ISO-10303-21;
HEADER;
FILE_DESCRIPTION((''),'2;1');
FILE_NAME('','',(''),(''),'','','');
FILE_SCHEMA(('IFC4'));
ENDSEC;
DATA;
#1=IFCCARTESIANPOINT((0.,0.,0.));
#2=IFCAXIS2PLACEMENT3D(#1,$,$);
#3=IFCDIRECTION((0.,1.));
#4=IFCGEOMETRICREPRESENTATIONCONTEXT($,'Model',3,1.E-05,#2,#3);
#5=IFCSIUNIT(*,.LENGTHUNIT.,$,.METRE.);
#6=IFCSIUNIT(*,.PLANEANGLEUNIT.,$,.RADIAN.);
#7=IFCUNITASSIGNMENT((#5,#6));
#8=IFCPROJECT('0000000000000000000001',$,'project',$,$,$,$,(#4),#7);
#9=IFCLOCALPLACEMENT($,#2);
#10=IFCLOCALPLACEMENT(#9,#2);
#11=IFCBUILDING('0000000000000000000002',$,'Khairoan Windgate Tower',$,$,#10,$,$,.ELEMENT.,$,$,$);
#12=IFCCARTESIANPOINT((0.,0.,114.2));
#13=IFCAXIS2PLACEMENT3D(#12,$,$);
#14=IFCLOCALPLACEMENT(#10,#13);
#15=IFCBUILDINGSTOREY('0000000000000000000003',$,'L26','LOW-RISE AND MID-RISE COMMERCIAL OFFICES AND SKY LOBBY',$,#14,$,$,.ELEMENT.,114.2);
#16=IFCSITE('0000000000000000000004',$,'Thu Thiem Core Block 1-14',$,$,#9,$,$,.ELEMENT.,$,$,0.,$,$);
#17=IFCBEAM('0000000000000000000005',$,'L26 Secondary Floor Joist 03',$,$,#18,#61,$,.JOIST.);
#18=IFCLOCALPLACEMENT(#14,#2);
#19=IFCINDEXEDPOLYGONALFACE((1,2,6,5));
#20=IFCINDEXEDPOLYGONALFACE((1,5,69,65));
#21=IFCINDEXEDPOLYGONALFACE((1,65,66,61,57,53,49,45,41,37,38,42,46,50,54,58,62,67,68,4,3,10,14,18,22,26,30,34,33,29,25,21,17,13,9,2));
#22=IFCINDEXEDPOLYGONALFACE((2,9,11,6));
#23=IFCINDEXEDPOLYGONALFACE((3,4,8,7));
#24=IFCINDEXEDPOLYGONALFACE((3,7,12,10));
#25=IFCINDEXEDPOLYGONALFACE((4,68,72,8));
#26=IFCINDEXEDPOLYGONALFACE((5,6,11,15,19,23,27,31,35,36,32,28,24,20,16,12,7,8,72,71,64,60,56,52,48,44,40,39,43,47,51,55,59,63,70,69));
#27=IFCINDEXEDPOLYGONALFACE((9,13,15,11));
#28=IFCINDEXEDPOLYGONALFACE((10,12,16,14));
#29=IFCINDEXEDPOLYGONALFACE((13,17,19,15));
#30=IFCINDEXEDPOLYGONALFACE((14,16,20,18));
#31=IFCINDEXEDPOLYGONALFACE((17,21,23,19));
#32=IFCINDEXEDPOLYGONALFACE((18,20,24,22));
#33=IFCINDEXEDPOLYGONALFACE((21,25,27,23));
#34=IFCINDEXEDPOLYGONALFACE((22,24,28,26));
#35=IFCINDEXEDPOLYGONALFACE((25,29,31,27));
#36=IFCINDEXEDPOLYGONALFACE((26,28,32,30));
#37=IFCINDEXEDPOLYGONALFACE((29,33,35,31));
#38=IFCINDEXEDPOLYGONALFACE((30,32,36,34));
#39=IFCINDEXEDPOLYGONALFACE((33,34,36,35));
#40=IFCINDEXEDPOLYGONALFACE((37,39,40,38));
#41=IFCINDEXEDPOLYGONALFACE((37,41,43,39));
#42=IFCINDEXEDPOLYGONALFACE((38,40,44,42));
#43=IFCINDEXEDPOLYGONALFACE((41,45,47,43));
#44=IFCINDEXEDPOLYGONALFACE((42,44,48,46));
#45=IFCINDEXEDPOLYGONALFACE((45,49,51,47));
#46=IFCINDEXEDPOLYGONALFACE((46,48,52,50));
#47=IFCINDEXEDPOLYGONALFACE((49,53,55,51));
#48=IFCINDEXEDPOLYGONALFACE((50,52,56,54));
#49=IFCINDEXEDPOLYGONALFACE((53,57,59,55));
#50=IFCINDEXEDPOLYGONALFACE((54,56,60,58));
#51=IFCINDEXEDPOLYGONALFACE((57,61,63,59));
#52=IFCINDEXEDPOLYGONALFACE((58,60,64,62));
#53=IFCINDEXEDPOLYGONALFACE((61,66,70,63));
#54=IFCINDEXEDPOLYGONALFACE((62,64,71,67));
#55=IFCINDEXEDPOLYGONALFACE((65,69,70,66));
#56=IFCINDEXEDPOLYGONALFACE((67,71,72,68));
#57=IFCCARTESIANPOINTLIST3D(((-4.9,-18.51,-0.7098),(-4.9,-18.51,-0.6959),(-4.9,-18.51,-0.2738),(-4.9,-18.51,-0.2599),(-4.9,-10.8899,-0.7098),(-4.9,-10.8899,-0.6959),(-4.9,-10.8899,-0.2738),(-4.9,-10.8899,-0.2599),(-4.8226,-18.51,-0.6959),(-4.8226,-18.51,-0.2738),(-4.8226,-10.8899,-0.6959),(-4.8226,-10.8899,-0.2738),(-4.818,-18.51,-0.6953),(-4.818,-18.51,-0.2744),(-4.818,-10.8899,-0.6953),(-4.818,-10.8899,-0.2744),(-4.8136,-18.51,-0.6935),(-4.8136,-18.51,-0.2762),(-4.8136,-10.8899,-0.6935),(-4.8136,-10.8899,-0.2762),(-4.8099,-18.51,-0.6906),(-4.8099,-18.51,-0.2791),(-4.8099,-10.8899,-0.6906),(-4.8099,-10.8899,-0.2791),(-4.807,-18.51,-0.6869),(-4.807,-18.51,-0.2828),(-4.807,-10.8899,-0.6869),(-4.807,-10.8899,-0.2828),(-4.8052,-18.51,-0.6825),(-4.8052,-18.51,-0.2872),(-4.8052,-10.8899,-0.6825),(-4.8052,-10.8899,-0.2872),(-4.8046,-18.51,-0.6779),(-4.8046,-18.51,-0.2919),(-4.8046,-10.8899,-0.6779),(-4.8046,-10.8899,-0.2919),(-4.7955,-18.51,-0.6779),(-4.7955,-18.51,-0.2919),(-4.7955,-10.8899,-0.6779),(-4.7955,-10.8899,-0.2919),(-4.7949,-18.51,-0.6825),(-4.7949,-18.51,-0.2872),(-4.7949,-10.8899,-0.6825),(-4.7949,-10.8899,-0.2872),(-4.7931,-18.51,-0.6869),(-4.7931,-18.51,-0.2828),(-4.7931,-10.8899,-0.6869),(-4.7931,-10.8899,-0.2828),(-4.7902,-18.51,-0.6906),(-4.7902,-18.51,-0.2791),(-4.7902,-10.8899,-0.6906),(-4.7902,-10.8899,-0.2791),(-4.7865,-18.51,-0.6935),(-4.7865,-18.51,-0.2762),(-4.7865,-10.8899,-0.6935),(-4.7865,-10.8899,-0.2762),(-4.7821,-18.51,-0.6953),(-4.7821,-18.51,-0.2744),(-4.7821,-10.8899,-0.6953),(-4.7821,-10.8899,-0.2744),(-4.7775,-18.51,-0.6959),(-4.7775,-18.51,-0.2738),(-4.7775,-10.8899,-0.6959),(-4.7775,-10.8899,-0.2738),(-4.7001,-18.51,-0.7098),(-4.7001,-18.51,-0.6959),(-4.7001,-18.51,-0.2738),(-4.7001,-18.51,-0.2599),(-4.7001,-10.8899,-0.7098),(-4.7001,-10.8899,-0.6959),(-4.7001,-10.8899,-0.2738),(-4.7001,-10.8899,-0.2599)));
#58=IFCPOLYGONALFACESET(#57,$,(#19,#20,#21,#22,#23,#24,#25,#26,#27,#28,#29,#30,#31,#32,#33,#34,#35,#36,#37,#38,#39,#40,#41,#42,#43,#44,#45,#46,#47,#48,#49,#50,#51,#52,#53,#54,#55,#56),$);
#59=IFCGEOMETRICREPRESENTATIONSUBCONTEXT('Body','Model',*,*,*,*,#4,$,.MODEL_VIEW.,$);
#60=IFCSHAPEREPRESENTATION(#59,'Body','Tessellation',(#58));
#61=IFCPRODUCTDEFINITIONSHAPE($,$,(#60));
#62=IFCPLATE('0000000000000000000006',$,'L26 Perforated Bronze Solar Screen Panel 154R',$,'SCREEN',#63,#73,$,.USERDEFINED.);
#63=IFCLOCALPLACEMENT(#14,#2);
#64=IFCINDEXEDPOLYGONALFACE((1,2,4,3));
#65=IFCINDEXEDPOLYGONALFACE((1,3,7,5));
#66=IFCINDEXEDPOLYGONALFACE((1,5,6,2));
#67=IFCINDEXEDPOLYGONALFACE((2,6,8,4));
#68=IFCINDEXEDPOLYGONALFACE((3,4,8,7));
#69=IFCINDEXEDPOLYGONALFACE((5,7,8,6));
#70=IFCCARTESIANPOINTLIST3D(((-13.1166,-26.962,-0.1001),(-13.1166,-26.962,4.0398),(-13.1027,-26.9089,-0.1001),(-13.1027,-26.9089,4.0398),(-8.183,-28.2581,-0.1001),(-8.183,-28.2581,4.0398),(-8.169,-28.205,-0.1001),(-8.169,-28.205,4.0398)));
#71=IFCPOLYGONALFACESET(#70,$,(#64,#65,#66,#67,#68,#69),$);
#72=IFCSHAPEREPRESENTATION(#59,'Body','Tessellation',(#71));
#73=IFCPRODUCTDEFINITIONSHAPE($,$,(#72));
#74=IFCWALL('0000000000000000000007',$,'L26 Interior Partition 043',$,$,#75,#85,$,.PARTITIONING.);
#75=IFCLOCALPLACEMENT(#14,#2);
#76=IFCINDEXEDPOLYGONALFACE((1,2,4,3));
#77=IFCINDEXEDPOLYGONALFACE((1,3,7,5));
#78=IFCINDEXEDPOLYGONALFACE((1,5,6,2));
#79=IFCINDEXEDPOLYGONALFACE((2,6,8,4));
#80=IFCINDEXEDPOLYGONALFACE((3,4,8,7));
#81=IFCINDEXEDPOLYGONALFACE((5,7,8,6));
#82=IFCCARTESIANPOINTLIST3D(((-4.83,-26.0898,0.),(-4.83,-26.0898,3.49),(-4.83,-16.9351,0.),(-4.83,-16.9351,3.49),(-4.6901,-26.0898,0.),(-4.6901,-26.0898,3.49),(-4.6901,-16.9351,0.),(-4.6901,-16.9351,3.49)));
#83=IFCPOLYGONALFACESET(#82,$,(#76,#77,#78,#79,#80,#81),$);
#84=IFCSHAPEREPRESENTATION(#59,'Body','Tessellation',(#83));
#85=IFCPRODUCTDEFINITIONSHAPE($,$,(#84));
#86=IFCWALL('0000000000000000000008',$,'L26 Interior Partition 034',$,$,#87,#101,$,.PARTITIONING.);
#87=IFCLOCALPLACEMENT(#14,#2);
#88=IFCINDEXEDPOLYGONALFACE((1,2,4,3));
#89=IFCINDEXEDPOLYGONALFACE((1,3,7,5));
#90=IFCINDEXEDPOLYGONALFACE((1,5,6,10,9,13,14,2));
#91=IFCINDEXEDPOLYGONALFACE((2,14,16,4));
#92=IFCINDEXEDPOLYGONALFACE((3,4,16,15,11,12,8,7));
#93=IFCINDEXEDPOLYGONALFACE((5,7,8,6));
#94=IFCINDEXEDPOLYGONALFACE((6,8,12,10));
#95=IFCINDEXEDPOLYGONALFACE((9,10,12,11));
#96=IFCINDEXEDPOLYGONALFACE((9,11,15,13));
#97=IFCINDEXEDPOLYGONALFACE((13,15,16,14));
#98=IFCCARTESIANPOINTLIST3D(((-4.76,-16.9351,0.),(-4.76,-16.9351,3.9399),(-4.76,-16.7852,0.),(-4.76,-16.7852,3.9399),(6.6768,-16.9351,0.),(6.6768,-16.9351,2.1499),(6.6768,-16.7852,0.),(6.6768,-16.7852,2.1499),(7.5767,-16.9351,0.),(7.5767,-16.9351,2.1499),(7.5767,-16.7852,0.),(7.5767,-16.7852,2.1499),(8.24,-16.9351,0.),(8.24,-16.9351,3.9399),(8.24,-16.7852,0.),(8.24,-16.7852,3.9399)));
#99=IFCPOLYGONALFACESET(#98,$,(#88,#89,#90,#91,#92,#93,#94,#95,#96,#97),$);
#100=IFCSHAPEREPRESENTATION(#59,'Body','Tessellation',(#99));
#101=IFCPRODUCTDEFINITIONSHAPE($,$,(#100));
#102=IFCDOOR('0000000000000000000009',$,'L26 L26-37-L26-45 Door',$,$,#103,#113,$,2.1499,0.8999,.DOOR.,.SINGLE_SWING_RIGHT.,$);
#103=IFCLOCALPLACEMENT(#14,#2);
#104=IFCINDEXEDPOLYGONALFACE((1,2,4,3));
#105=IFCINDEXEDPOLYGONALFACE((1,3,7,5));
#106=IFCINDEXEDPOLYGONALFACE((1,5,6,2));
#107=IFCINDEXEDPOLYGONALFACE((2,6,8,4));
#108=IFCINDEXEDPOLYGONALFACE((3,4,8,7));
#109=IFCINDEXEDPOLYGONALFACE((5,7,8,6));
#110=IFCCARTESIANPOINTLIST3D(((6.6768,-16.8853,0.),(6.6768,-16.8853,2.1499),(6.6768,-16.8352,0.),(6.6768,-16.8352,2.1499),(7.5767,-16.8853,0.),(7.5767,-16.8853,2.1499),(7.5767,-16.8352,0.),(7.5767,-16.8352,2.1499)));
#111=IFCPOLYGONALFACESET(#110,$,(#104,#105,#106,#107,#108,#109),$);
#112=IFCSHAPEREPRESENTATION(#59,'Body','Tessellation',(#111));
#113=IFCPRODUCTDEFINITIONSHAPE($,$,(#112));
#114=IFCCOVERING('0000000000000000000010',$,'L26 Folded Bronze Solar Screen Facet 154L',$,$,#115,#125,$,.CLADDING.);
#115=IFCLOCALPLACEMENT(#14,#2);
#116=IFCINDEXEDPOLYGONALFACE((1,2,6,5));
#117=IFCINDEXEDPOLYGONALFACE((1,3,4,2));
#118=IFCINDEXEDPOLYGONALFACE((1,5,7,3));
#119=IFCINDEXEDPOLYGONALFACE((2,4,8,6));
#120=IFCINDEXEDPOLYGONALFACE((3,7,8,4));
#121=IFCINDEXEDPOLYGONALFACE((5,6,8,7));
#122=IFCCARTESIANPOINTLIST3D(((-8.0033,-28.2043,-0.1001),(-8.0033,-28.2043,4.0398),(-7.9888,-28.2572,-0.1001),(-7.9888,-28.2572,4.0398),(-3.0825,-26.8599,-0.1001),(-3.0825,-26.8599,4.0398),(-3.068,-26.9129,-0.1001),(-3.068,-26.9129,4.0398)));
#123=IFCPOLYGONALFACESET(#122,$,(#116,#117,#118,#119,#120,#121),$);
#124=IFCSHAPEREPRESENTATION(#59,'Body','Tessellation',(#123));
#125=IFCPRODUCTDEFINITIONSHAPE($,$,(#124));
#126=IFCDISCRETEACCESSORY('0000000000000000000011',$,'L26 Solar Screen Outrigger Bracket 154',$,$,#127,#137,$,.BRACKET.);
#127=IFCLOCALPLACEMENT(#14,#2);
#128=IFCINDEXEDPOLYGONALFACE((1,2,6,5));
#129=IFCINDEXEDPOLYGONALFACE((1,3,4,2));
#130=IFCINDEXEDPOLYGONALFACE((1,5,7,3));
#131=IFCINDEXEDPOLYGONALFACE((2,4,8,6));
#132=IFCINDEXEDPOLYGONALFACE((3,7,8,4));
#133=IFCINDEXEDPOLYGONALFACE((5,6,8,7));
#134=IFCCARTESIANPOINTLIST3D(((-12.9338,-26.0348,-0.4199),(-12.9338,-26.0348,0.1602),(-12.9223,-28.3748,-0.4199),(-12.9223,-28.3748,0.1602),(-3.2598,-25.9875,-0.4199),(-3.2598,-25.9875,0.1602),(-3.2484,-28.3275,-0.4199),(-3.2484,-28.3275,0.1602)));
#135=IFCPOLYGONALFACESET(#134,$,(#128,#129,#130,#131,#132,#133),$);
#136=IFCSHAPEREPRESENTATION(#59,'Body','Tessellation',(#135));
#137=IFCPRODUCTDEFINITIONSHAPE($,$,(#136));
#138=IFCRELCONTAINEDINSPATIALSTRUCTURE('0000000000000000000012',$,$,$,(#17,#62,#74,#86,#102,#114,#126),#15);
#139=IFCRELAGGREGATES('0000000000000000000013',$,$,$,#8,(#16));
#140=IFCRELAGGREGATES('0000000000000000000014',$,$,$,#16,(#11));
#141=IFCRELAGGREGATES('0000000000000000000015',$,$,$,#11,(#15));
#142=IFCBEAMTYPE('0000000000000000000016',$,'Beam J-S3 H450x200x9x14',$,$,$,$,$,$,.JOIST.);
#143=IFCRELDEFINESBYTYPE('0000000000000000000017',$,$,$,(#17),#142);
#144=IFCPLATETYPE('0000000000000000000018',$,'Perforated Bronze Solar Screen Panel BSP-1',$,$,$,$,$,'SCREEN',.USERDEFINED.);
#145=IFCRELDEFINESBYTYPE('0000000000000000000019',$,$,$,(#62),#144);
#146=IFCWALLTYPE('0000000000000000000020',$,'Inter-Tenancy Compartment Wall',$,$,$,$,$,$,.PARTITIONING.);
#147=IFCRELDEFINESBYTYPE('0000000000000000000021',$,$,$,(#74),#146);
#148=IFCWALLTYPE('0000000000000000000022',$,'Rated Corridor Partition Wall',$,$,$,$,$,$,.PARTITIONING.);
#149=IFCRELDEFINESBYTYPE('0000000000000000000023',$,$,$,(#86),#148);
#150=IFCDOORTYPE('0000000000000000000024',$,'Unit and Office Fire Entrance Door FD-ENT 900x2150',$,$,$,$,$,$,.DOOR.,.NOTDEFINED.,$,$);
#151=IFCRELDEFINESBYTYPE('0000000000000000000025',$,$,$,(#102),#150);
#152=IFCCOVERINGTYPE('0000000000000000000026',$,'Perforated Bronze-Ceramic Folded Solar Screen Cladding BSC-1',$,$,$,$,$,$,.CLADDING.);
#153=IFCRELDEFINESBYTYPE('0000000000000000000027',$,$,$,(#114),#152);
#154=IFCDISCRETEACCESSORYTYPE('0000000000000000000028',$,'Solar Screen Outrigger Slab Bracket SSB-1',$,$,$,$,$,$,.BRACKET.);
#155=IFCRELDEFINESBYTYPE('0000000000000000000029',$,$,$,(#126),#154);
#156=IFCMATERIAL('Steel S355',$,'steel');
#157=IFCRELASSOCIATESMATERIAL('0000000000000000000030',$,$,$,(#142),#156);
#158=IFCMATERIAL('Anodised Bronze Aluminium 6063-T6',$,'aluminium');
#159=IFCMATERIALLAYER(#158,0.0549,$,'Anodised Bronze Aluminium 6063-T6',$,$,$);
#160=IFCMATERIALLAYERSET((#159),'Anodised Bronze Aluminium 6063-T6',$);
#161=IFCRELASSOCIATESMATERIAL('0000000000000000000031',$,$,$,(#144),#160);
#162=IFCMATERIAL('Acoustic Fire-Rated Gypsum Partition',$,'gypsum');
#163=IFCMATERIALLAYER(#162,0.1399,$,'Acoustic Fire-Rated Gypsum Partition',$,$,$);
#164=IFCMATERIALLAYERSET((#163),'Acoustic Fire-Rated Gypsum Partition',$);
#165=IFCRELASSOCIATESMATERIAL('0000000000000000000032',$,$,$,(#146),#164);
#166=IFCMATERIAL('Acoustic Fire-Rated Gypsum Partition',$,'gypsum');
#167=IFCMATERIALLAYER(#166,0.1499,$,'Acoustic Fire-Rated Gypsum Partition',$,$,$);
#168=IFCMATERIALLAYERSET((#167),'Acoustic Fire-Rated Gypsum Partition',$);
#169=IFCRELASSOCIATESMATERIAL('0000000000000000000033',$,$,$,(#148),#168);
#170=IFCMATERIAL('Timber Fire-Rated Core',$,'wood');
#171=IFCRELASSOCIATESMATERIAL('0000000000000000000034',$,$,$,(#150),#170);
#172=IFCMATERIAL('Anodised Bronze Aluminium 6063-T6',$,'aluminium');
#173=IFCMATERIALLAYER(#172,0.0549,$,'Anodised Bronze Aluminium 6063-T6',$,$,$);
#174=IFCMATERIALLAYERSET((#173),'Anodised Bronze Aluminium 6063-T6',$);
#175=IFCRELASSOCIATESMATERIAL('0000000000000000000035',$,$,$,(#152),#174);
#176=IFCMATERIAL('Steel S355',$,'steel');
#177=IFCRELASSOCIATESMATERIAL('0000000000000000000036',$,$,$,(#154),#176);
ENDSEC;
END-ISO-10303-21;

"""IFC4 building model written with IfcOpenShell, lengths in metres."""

from ifc_helpers import new_model, si_unit, direction, frame, frame_2d, origin, origin_2d, place, context, subcontext, project, spatial, rectangle, i_section, extrude, material, layer, layer_set, material_profile, profile_set, type_object, element, fill, save


model = new_model("IFC4")

# Units and contexts
model_context = context("Model", 3, precision=1e-05, world=origin(), true_north=direction((0.0, 1.0)))
body_context = subcontext(model_context, "Body", "Model", "MODEL_VIEW")
ifc_project = project(units=[si_unit("LENGTHUNIT", "METRE"), si_unit("PLANEANGLEUNIT", "RADIAN")], contexts=[model_context])

# Site, building, storey
site_placement = place(None, origin())
site = spatial("IfcSite", under=ifc_project, at=site_placement, Name="Thu Thiem Core Block 1-14", CompositionType="ELEMENT", RefElevation=0.0)
building_placement = place(site_placement, origin())
building = spatial("IfcBuilding", under=site, at=building_placement, Name="Khairoan Windgate Tower", CompositionType="ELEMENT")
storey_placement = place(building_placement, frame((0.0, 0.0, 114.2)))
storey = spatial("IfcBuildingStorey", under=building, at=storey_placement, Name="L26", Description="LOW-RISE AND MID-RISE COMMERCIAL OFFICES AND SKY LOBBY", CompositionType="ELEMENT", Elevation=114.2)

# Beam
ifc_material_1 = material(Name="Steel S355", Category="steel")
ifc_material_profile_1 = material_profile(ifc_material_1, i_section(OverallWidth=0.2, OverallDepth=0.45, WebThickness=0.009, FlangeThickness=0.0139, FilletRadius=0.0181, at=origin_2d()))
ifc_profile_set_1 = profile_set([ifc_material_profile_1], Name="Steel S355")
beam_type_1 = type_object("IfcBeamType", Name="Beam J-S3 H450x200x9x14", PredefinedType="JOIST", material=ifc_profile_set_1)
beam_1_placement = place(storey_placement, frame((-4.8, -18.51, -0.4849), z_axis=(0.0, 1.0, 0.0), x_axis=(-1.0, 0.0, 0.0)))
element("IfcBeam", 1, at=beam_1_placement, inside=storey, type_object=beam_type_1, Name="L26 Secondary Floor Joist 03", PredefinedType="JOIST", context=body_context, shape_type="SweptSolid", body=[
    extrude(i_section(OverallWidth=0.2, OverallDepth=0.45, WebThickness=0.009, FlangeThickness=0.0139, FilletRadius=0.0181, at=origin_2d()), origin(), (0.0, 0.0, 1.0), 7.6201),
])

# Plate
ifc_material_2 = material(Name="Anodised Bronze Aluminium 6063-T6", Category="aluminium")
ifc_layer_1 = layer(ifc_material_2, 0.0549, Name="Anodised Bronze Aluminium 6063-T6")
ifc_layer_set_1 = layer_set([ifc_layer_1], Name="Anodised Bronze Aluminium 6063-T6")
plate_type = type_object("IfcPlateType", Name="Perforated Bronze Solar Screen Panel BSP-1", ElementType="SCREEN", PredefinedType="USERDEFINED", material=ifc_layer_set_1)
plate_placement = place(storey_placement, frame((-10.6428, -27.5835, -0.1001), z_axis=(0.0, 0.0, 1.0), x_axis=(-0.967179, 0.254096, 0.0)))
element("IfcPlate", 2, at=plate_placement, inside=storey, type_object=plate_type, Name="L26 Perforated Bronze Solar Screen Panel 154R", ObjectType="SCREEN", PredefinedType="USERDEFINED", context=body_context, shape_type="SweptSolid", body=[
    extrude(rectangle(XDim=5.1011, YDim=0.0549, at=origin_2d()), origin(), (0.0, 0.0, 1.0), 4.1399),
])

# Wall
ifc_material_3 = material(Name="Acoustic Fire-Rated Gypsum Partition", Category="gypsum")
ifc_layer_2 = layer(ifc_material_3, 0.1399, Name="Acoustic Fire-Rated Gypsum Partition")
ifc_layer_set_2 = layer_set([ifc_layer_2], Name="Acoustic Fire-Rated Gypsum Partition")
wall_type_1 = type_object("IfcWallType", Name="Inter-Tenancy Compartment Wall", PredefinedType="PARTITIONING", material=ifc_layer_set_2)
wall_1_placement = place(storey_placement, frame((-4.76, -26.0898, 0.0), z_axis=(0.0, 0.0, 1.0), x_axis=(0.0, 1.0, 0.0)))
element("IfcWall", 3, at=wall_1_placement, inside=storey, type_object=wall_type_1, Name="L26 Interior Partition 043", PredefinedType="PARTITIONING", context=body_context, shape_type="SweptSolid", body=[
    extrude(rectangle(XDim=9.1548, YDim=0.1399, at=frame_2d((4.5774, 0.0))), origin(), (0.0, 0.0, 1.0), 3.49),
])

# Wall, opening, door
ifc_material_4 = material(Name="Acoustic Fire-Rated Gypsum Partition", Category="gypsum")
ifc_layer_3 = layer(ifc_material_4, 0.1499, Name="Acoustic Fire-Rated Gypsum Partition")
ifc_layer_set_3 = layer_set([ifc_layer_3], Name="Acoustic Fire-Rated Gypsum Partition")
wall_type_2 = type_object("IfcWallType", Name="Rated Corridor Partition Wall", PredefinedType="PARTITIONING", material=ifc_layer_set_3)
ifc_material_5 = material(Name="Timber Fire-Rated Core", Category="wood")
door_type = type_object("IfcDoorType", Name="Unit and Office Fire Entrance Door FD-ENT 900x2150", OperationType="NOTDEFINED", PredefinedType="DOOR", material=ifc_material_5)
wall_2_placement = place(storey_placement, frame((-4.76, -16.8601, 0.0), z_axis=(0.0, 0.0, 1.0), x_axis=(1.0, 0.0, 0.0)))
wall_2 = element("IfcWall", 4, at=wall_2_placement, inside=storey, type_object=wall_type_2, Name="L26 Interior Partition 034", PredefinedType="PARTITIONING", context=body_context, shape_type="SweptSolid", body=[
    extrude(rectangle(XDim=13.0, YDim=0.1499, at=frame_2d((6.5, 0.0))), origin(), (0.0, 0.0, 1.0), 3.9399),
])
opening_1_placement = place(wall_2_placement, frame((11.4368, 0.0, 0.0)))
opening_1 = element("IfcOpeningElement", 5, at=opening_1_placement, cuts=wall_2, PredefinedType="OPENING", context=body_context, shape_type="SweptSolid", body=[
    extrude(rectangle(XDim=0.8999, YDim=2.1499, at=frame_2d((0.45, 1.075))), frame((0.0, 0.085, 0.0), z_axis=(0.0, -1.0, 0.0), x_axis=(1.0, 0.0, 0.0)), (0.0, 0.0, 1.0), 0.1699),
])
door_1_placement = place(opening_1_placement, origin())
door_1 = element("IfcDoor", 6, at=door_1_placement, inside=storey, type_object=door_type, Name="L26 L26-37-L26-45 Door", OperationType="SINGLE_SWING_RIGHT", OverallHeight=2.1499, OverallWidth=0.8999, PredefinedType="DOOR", context=body_context, shape_type="SweptSolid", body=[
    extrude(rectangle(XDim=0.8999, YDim=2.1499, at=frame_2d((0.45, 1.075))), frame((0.0, 0.0249, 0.0), z_axis=(0.0, -1.0, 0.0), x_axis=(1.0, 0.0, 0.0)), (0.0, 0.0, 1.0), 0.05),
])
fill(opening_1, door_1)

# Covering
ifc_material_6 = material(Name="Anodised Bronze Aluminium 6063-T6", Category="aluminium")
ifc_layer_4 = layer(ifc_material_6, 0.0549, Name="Anodised Bronze Aluminium 6063-T6")
ifc_layer_set_4 = layer_set([ifc_layer_4], Name="Anodised Bronze Aluminium 6063-T6")
covering_type = type_object("IfcCoveringType", Name="Perforated Bronze-Ceramic Folded Solar Screen Cladding BSC-1", PredefinedType="CLADDING", material=ifc_layer_set_4)
covering_placement = place(storey_placement, frame((-5.5356, -27.5586, -0.1001), z_axis=(0.0, 0.0, 1.0), x_axis=(-0.964649, -0.263536, 0.0)))
element("IfcCovering", 7, at=covering_placement, inside=storey, type_object=covering_type, Name="L26 Folded Bronze Solar Screen Facet 154L", PredefinedType="CLADDING", context=body_context, shape_type="SweptSolid", body=[
    extrude(rectangle(XDim=5.1011, YDim=0.0549, at=origin_2d()), origin(), (0.0, 0.0, 1.0), 4.1399),
])

# Discrete accessory
ifc_material_7 = material(Name="Steel S355", Category="steel")
discrete_accessory_type = type_object("IfcDiscreteAccessoryType", Name="Solar Screen Outrigger Slab Bracket SSB-1", PredefinedType="BRACKET", material=ifc_material_7)
discrete_accessory_placement = place(storey_placement, frame((-8.0911, -27.1812, -0.4199), z_axis=(0.0, 0.0, 1.0), x_axis=(-0.999988, -0.004887, 0.0)))
element("IfcDiscreteAccessory", 8, at=discrete_accessory_placement, inside=storey, type_object=discrete_accessory_type, Name="L26 Solar Screen Outrigger Bracket 154", PredefinedType="BRACKET", context=body_context, shape_type="SweptSolid", body=[
    extrude(rectangle(XDim=9.6741, YDim=2.3401, at=origin_2d()), origin(), (0.0, 0.0, 1.0), 0.5801),
])

save(model, "model.ifc")
